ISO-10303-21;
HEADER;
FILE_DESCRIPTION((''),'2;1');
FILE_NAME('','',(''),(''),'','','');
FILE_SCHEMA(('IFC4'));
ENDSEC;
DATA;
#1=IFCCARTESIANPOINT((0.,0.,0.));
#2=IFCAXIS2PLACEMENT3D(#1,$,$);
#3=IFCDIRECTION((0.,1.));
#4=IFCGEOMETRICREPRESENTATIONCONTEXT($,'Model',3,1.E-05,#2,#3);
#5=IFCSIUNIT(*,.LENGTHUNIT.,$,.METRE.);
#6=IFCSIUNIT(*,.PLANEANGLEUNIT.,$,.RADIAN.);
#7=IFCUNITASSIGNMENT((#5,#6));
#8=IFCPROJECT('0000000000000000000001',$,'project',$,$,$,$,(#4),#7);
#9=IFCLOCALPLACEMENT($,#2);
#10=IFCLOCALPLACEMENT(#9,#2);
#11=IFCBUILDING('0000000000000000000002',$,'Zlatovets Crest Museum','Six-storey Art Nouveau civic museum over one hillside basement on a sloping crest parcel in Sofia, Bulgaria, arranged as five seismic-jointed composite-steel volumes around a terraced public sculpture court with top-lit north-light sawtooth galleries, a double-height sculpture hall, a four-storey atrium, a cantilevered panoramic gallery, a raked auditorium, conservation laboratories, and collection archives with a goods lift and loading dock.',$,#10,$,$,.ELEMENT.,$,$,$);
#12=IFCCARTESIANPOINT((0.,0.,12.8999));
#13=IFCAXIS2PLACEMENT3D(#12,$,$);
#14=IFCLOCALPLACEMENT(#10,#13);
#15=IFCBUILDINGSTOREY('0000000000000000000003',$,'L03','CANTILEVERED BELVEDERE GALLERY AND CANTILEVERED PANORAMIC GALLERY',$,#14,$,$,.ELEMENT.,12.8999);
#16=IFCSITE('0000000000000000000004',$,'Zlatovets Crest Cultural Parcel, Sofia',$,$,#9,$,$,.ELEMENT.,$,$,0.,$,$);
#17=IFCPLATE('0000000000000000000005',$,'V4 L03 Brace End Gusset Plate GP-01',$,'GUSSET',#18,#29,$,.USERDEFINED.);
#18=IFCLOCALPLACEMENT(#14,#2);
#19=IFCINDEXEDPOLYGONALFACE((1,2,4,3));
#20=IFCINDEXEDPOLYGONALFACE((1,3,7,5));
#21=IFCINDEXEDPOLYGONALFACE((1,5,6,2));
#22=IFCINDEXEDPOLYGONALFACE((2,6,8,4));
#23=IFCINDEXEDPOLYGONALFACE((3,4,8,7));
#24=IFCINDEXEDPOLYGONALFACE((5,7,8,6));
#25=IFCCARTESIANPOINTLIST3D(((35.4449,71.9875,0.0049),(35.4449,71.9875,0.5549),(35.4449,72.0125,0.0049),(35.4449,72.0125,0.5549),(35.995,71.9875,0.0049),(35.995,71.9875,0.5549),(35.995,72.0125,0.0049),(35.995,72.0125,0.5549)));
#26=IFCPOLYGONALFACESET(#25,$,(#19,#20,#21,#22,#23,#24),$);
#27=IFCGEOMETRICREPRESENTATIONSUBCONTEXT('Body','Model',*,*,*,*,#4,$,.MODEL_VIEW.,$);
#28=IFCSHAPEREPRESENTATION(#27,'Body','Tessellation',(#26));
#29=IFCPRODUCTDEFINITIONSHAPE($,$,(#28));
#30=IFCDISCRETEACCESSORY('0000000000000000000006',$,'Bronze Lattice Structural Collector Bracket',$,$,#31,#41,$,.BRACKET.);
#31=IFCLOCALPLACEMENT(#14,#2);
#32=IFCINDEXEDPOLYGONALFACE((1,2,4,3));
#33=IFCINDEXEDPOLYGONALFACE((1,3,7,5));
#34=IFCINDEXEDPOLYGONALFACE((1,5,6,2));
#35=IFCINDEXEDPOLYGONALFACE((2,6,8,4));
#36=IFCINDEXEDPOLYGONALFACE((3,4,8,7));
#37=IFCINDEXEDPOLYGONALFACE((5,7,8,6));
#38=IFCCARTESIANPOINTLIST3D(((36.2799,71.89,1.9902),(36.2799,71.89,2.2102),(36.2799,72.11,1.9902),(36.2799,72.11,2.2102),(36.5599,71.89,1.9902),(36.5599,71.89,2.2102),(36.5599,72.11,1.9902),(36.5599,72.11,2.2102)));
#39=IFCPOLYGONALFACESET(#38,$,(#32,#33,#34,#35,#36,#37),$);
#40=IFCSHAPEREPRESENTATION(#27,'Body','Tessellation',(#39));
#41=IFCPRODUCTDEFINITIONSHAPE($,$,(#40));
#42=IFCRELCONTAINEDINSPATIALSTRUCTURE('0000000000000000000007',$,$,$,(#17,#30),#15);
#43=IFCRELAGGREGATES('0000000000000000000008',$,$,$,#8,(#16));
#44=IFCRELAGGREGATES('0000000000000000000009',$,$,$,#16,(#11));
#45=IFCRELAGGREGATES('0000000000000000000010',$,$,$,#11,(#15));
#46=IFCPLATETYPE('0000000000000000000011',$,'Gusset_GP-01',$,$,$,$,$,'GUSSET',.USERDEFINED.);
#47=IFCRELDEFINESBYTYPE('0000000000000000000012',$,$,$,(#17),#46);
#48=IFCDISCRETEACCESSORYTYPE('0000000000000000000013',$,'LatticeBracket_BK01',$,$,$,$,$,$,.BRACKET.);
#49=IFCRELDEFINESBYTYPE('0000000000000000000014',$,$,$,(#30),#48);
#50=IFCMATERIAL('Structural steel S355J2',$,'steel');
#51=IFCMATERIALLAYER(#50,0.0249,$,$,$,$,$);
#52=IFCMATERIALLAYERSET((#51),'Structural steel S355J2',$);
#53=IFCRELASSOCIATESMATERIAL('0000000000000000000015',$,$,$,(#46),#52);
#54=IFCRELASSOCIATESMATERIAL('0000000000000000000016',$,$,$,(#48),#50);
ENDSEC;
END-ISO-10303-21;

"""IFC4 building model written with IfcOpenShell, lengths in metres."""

from ifc_helpers import new_model, si_unit, direction, frame, origin, origin_2d, place, context, subcontext, project, spatial, rectangle, extrude, material, layer, layer_set, type_object, element, save


model = new_model("IFC4")

# Units and contexts
model_context = context("Model", 3, precision=1e-05, world=origin(), true_north=direction((0.0, 1.0)))
body_context = subcontext(model_context, "Body", "Model", "MODEL_VIEW")
ifc_project = project(units=[si_unit("LENGTHUNIT", "METRE"), si_unit("PLANEANGLEUNIT", "RADIAN")], contexts=[model_context])

# Site, building, storey
site_placement = place(None, origin())
site = spatial("IfcSite", under=ifc_project, at=site_placement, Name="Zlatovets Crest Cultural Parcel, Sofia", CompositionType="ELEMENT", RefElevation=0.0)
building_placement = place(site_placement, origin())
building = spatial("IfcBuilding", under=site, at=building_placement, Name="Zlatovets Crest Museum", Description="Six-storey Art Nouveau civic museum over one hillside basement on a sloping crest parcel in Sofia, Bulgaria, arranged as five seismic-jointed composite-steel volumes around a terraced public sculpture court with top-lit north-light sawtooth galleries, a double-height sculpture hall, a four-storey atrium, a cantilevered panoramic gallery, a raked auditorium, conservation laboratories, and collection archives with a goods lift and loading dock.", CompositionType="ELEMENT")
storey_placement = place(building_placement, frame((0.0, 0.0, 12.8999)))
storey = spatial("IfcBuildingStorey", under=building, at=storey_placement, Name="L03", Description="CANTILEVERED BELVEDERE GALLERY AND CANTILEVERED PANORAMIC GALLERY", CompositionType="ELEMENT", Elevation=12.8999)

# Shared definitions
ifc_material_1 = material(Name="Structural steel S355J2", Category="steel")

# Plate
ifc_layer_1 = layer(ifc_material_1, 0.0249)
ifc_layer_set_1 = layer_set([ifc_layer_1], Name="Structural steel S355J2")
plate_type_1 = type_object("IfcPlateType", Name="Gusset_GP-01", ElementType="GUSSET", PredefinedType="USERDEFINED", material=ifc_layer_set_1)
plate_1_placement = place(storey_placement, frame((35.72, 72.0, 0.0049), z_axis=(0.0, 0.0, 1.0), x_axis=(1.0, 0.0, 0.0)))
element("IfcPlate", 1, at=plate_1_placement, inside=storey, type_object=plate_type_1, Name="V4 L03 Brace End Gusset Plate GP-01", ObjectType="GUSSET", PredefinedType="USERDEFINED", context=body_context, shape_type="SweptSolid", body=[
    extrude(rectangle(XDim=0.55, YDim=0.0249, at=origin_2d()), origin(), (0.0, 0.0, 1.0), 0.55),
])

# Discrete accessory
discrete_accessory_type = type_object("IfcDiscreteAccessoryType", Name="LatticeBracket_BK01", PredefinedType="BRACKET", material=ifc_material_1)
discrete_accessory_placement = place(storey_placement, frame((36.4199, 72.0, 1.9902), z_axis=(0.0, 0.0, 1.0), x_axis=(1.0, 0.0, 0.0)))
element("IfcDiscreteAccessory", 2, at=discrete_accessory_placement, inside=storey, type_object=discrete_accessory_type, Name="Bronze Lattice Structural Collector Bracket", PredefinedType="BRACKET", context=body_context, shape_type="SweptSolid", body=[
    extrude(rectangle(XDim=0.28, YDim=0.22, at=origin_2d()), origin(), (0.0, 0.0, 1.0), 0.22),
])

save(model, "model.ifc")
